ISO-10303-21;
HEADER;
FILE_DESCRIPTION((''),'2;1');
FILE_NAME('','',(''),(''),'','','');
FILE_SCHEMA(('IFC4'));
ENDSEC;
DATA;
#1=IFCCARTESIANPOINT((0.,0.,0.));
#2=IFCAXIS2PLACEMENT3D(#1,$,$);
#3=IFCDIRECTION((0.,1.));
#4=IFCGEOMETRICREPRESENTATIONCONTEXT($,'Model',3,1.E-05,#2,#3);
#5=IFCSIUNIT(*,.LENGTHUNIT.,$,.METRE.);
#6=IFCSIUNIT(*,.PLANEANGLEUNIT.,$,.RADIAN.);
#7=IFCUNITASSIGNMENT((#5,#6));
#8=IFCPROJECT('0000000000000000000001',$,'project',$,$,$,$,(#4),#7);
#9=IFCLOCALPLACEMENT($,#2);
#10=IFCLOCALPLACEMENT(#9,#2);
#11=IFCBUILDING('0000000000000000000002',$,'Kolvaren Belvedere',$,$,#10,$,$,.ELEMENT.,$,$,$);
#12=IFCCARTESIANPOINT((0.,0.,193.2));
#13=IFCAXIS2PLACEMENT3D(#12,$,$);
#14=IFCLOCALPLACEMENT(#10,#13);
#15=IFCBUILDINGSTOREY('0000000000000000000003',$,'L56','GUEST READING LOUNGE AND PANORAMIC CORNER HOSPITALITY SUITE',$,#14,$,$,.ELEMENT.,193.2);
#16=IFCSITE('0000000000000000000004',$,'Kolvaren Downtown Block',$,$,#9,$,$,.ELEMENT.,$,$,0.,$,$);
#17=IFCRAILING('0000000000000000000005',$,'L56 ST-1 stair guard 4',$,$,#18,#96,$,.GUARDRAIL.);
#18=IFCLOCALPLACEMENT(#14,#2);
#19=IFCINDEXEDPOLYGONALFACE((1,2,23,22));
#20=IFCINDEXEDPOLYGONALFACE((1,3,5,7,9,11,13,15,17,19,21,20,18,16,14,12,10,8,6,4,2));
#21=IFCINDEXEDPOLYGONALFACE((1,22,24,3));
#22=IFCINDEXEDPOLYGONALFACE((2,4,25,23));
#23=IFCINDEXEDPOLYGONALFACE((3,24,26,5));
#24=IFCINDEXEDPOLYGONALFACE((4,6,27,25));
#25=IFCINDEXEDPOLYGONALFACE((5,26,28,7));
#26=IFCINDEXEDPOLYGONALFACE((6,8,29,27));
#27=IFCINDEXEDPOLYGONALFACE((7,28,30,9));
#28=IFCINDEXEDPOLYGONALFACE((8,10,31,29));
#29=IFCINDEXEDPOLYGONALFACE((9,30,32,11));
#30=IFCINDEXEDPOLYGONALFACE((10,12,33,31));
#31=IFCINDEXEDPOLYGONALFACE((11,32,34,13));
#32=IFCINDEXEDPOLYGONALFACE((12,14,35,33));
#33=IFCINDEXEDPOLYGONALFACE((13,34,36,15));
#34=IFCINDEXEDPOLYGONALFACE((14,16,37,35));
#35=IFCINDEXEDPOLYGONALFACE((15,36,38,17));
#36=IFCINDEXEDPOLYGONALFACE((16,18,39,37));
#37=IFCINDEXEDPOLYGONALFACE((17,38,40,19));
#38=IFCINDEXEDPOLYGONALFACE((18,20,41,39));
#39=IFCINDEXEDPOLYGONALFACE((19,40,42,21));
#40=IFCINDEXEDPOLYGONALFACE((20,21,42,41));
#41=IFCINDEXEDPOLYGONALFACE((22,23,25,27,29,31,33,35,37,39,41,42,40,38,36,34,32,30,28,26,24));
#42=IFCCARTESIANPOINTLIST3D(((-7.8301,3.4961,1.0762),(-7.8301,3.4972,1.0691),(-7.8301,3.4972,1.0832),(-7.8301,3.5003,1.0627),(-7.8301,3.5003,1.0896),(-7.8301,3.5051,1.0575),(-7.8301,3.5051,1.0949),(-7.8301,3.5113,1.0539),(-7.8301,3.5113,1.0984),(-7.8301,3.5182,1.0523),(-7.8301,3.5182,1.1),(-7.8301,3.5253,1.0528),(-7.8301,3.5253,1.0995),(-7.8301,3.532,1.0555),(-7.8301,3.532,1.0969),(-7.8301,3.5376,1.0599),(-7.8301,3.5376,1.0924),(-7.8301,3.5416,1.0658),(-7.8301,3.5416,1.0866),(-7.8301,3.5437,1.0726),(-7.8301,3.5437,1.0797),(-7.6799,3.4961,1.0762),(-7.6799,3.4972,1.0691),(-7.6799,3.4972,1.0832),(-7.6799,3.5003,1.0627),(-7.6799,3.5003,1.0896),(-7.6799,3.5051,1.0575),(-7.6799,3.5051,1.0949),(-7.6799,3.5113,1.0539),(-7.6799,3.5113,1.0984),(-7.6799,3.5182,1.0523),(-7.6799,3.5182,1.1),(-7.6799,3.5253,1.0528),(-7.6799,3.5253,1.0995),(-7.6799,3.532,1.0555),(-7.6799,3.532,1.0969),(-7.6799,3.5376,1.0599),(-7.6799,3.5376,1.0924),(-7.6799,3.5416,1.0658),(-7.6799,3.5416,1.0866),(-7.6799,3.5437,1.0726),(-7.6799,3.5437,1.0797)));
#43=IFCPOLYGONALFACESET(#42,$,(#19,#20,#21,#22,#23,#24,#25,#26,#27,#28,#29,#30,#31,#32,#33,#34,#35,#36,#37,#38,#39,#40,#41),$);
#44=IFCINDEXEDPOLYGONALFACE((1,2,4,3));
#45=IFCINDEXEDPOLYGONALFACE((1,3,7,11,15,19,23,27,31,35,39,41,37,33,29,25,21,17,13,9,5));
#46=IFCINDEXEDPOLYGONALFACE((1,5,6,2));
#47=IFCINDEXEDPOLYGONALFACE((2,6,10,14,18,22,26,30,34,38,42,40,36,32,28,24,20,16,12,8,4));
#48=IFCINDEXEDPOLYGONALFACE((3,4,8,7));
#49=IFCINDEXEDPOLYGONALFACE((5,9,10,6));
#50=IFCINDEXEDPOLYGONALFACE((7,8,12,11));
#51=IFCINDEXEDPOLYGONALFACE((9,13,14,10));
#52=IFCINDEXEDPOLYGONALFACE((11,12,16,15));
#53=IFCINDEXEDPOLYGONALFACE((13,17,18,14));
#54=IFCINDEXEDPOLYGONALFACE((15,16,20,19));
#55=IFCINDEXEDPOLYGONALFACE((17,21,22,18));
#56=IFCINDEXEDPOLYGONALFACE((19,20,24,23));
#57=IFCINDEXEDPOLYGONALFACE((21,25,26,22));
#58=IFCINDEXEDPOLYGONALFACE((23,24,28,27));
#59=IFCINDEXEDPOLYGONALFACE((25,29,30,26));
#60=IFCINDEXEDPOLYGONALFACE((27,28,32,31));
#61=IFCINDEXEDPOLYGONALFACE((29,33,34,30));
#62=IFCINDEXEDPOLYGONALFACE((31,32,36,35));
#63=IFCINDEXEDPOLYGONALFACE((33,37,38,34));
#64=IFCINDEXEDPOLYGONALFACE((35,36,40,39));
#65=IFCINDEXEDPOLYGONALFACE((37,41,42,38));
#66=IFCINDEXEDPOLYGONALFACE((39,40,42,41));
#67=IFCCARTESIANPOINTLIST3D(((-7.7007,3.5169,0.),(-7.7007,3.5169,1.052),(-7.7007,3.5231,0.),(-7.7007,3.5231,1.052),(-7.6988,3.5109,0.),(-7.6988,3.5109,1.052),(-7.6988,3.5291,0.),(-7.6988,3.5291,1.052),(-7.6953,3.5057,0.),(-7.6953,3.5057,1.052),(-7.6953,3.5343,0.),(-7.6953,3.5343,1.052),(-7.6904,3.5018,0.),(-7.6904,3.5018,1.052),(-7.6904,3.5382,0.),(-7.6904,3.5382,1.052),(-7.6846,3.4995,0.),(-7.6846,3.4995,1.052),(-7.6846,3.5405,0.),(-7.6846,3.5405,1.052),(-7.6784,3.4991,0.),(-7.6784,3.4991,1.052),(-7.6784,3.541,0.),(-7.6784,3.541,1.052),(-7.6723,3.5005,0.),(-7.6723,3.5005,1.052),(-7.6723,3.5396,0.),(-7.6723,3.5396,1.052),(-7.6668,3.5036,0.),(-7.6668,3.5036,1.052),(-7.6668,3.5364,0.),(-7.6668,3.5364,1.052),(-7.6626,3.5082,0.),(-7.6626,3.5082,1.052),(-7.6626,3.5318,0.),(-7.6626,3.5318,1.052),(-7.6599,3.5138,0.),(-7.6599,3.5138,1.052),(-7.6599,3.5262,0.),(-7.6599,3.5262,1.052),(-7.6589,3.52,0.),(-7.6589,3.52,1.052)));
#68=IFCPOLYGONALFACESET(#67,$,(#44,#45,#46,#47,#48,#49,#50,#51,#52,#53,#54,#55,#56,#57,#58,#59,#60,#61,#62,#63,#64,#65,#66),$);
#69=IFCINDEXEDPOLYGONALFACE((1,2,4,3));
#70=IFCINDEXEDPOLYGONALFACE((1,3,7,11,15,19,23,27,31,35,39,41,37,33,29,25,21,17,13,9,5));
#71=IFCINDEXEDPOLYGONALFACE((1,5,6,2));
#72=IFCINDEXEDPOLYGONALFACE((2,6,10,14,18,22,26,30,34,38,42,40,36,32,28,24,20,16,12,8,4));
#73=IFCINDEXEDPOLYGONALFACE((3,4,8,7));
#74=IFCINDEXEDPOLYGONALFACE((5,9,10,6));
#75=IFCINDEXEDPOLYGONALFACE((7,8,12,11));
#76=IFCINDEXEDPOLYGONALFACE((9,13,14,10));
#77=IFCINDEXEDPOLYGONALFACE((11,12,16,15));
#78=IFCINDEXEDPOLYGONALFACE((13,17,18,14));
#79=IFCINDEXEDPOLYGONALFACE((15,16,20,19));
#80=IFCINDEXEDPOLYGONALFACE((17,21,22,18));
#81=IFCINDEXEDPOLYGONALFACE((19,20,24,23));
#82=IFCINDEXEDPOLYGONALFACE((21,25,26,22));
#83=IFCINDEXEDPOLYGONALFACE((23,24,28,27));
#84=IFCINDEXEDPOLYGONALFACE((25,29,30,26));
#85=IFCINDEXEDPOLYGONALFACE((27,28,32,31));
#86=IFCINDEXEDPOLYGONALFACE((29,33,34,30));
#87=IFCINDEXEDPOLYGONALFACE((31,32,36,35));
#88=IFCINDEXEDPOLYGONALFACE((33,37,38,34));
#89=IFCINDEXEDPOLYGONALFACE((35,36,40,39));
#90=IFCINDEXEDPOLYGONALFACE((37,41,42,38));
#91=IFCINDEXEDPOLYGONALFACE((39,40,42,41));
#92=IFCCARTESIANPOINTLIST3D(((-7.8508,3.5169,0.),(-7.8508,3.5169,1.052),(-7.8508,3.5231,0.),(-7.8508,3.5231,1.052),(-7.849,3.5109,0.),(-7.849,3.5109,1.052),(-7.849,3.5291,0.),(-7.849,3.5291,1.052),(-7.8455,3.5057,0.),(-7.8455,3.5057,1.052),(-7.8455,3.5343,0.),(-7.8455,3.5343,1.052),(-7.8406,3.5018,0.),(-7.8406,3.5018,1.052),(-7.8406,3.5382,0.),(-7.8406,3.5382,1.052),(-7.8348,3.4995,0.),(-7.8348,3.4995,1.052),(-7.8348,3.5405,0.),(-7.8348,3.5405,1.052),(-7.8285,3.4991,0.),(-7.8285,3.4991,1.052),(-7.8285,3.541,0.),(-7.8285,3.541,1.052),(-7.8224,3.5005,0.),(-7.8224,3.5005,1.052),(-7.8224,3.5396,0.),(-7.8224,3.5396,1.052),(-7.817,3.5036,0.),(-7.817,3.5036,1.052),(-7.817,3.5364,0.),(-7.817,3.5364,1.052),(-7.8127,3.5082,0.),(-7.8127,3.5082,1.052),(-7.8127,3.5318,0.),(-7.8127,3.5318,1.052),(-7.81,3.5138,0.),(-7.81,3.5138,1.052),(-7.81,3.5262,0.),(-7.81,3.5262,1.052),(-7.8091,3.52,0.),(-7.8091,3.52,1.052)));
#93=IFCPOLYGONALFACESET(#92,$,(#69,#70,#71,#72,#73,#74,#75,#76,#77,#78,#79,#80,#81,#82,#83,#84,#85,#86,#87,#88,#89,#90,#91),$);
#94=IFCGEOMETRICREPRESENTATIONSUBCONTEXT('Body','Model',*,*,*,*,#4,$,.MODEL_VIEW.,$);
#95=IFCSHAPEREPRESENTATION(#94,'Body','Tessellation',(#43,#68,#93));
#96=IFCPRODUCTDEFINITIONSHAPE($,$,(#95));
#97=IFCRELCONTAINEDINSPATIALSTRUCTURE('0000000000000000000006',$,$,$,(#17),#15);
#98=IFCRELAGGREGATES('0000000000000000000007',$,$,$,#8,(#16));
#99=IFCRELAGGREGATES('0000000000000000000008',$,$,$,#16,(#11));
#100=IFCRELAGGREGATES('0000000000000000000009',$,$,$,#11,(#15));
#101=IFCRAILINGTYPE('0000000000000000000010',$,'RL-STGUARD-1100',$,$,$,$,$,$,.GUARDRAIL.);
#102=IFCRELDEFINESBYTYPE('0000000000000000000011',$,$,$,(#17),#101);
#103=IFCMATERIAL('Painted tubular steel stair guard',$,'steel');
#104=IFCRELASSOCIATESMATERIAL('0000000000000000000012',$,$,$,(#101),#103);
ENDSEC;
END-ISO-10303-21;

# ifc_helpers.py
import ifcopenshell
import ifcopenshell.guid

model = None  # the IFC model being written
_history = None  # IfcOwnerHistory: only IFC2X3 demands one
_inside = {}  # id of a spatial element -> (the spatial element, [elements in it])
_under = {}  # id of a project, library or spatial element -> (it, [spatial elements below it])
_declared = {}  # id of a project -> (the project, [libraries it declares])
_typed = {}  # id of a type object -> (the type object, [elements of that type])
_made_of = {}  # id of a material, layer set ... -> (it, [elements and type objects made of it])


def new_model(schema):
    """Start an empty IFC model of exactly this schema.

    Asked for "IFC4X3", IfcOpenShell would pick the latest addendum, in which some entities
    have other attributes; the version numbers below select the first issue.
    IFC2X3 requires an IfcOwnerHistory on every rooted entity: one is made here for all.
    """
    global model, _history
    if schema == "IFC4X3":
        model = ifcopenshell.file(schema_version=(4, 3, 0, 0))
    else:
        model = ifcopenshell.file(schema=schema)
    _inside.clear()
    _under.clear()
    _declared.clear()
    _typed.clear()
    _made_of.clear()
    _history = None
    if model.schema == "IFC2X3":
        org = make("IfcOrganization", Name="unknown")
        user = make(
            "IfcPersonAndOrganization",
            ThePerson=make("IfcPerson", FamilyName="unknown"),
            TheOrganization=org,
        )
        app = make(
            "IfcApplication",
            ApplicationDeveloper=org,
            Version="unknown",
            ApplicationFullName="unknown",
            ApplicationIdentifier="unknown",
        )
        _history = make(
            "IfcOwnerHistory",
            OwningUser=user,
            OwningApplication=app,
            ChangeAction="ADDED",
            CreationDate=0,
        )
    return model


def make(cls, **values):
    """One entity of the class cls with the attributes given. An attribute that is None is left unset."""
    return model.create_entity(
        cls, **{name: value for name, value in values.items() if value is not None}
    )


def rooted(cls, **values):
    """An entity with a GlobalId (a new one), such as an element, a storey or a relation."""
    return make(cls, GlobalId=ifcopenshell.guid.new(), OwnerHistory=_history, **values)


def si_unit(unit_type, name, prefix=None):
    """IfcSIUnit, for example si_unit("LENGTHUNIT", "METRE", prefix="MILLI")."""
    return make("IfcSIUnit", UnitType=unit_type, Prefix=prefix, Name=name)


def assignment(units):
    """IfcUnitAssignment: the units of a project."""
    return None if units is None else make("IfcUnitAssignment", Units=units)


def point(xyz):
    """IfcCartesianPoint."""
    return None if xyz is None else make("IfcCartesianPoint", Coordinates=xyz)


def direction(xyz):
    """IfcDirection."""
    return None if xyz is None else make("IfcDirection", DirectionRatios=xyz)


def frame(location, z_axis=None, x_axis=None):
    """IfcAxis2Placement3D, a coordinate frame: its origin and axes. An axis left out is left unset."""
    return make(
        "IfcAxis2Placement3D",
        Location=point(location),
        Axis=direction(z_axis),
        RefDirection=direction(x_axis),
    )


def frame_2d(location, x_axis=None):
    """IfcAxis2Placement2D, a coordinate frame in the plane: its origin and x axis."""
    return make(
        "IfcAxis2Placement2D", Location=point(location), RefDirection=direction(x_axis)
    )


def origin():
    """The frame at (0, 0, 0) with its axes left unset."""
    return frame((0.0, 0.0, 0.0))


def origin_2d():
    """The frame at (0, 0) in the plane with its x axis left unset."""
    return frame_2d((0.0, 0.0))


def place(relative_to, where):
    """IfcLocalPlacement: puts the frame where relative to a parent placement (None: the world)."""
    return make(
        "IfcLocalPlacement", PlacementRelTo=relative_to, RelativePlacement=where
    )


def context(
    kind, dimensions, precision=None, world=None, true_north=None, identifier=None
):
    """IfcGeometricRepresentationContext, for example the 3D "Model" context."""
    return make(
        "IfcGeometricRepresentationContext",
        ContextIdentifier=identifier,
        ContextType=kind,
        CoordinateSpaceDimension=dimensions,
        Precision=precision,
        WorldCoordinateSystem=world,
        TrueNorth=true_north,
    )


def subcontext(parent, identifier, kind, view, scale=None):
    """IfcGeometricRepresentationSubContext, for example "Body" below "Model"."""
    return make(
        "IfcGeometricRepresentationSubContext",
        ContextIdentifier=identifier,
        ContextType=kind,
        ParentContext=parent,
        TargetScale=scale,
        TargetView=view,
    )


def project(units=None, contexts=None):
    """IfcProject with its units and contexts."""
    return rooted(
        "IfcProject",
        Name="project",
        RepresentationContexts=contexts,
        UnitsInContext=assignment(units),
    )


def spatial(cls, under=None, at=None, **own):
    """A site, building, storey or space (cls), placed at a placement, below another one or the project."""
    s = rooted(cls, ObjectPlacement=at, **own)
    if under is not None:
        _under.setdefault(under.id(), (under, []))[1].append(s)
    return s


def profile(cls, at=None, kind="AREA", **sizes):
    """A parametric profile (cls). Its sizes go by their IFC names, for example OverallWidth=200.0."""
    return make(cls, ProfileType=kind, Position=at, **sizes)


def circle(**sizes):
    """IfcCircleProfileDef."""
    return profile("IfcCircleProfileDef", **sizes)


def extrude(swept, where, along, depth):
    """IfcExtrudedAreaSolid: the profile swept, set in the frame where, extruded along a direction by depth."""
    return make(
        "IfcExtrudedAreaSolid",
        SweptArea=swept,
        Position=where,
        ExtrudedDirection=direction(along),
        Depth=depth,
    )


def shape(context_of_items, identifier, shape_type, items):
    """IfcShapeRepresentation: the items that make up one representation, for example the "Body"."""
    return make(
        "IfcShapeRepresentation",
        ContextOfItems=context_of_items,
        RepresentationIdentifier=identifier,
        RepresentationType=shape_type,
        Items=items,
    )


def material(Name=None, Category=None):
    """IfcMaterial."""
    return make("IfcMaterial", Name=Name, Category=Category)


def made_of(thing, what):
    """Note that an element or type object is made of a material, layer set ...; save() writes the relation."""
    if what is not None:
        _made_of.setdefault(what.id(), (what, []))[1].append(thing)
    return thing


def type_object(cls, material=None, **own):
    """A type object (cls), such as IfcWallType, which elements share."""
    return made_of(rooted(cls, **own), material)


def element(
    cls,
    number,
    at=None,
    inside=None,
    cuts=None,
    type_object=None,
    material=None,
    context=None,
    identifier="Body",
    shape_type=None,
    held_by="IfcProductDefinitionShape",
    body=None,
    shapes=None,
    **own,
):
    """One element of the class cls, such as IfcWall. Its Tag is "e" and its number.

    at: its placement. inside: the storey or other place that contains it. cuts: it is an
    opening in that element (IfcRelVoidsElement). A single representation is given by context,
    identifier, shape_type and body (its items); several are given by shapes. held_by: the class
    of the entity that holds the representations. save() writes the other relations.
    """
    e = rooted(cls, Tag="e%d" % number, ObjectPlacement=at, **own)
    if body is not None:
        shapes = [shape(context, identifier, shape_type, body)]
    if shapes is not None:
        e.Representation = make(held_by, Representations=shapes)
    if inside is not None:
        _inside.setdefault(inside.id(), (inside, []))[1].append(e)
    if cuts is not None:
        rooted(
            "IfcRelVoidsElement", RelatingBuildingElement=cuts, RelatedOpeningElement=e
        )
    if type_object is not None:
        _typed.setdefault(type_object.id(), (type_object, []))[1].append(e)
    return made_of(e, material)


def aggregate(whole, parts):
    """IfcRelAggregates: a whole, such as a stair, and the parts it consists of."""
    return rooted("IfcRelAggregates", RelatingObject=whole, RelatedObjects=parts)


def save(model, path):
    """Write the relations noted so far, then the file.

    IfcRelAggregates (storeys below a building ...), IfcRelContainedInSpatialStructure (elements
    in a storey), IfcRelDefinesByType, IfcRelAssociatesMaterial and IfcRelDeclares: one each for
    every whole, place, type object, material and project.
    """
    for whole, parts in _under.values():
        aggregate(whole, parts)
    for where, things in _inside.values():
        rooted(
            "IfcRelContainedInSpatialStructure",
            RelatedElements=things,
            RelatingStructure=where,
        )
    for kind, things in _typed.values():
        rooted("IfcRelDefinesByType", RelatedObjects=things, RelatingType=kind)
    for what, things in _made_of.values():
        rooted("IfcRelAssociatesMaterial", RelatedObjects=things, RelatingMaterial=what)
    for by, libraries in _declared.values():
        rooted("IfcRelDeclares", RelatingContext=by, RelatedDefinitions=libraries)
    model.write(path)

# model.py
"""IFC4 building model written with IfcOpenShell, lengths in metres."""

from ifc_helpers import new_model, si_unit, direction, frame, origin, origin_2d, place, context, subcontext, project, spatial, circle, extrude, material, type_object, element, save


model = new_model("IFC4")

# Units and contexts
model_context = context("Model", 3, precision=1e-05, world=origin(), true_north=direction((0.0, 1.0)))
body_context = subcontext(model_context, "Body", "Model", "MODEL_VIEW")
ifc_project = project(units=[si_unit("LENGTHUNIT", "METRE"), si_unit("PLANEANGLEUNIT", "RADIAN")], contexts=[model_context])

# Site, building, storey
site_placement = place(None, origin())
site = spatial("IfcSite", under=ifc_project, at=site_placement, Name="Kolvaren Downtown Block", CompositionType="ELEMENT", RefElevation=0.0)
building_placement = place(site_placement, origin())
building = spatial("IfcBuilding", under=site, at=building_placement, Name="Kolvaren Belvedere", CompositionType="ELEMENT")
storey_placement = place(building_placement, frame((0.0, 0.0, 193.2)))
storey = spatial("IfcBuildingStorey", under=building, at=storey_placement, Name="L56", Description="GUEST READING LOUNGE AND PANORAMIC CORNER HOSPITALITY SUITE", CompositionType="ELEMENT", Elevation=193.2)

# Railing
ifc_material_1 = material(Name="Painted tubular steel stair guard", Category="steel")
railing_type_1 = type_object("IfcRailingType", Name="RL-STGUARD-1100", PredefinedType="GUARDRAIL", material=ifc_material_1)
railing_1_placement = place(storey_placement, frame((-7.6799, 3.52, 0.0)))
element("IfcRailing", 1, at=railing_1_placement, inside=storey, type_object=railing_type_1, Name="L56 ST-1 stair guard 4", PredefinedType="GUARDRAIL", context=body_context, shape_type="SweptSolid", body=[
    extrude(circle(Radius=0.0239, at=origin_2d()), frame((0.0, 0.0, 1.0762), z_axis=(-1.0, 0.0, 0.0), x_axis=(0.0, -1.0, 0.0)), (0.0, 0.0, 1.0), 0.1501),
    extrude(circle(Radius=0.021, at=origin_2d()), origin(), (0.0, 0.0, 1.0), 1.052),
    extrude(circle(Radius=0.021, at=origin_2d()), frame((-0.1501, 0.0, 0.0)), (0.0, 0.0, 1.0), 1.052),
])

save(model, "model.ifc")
